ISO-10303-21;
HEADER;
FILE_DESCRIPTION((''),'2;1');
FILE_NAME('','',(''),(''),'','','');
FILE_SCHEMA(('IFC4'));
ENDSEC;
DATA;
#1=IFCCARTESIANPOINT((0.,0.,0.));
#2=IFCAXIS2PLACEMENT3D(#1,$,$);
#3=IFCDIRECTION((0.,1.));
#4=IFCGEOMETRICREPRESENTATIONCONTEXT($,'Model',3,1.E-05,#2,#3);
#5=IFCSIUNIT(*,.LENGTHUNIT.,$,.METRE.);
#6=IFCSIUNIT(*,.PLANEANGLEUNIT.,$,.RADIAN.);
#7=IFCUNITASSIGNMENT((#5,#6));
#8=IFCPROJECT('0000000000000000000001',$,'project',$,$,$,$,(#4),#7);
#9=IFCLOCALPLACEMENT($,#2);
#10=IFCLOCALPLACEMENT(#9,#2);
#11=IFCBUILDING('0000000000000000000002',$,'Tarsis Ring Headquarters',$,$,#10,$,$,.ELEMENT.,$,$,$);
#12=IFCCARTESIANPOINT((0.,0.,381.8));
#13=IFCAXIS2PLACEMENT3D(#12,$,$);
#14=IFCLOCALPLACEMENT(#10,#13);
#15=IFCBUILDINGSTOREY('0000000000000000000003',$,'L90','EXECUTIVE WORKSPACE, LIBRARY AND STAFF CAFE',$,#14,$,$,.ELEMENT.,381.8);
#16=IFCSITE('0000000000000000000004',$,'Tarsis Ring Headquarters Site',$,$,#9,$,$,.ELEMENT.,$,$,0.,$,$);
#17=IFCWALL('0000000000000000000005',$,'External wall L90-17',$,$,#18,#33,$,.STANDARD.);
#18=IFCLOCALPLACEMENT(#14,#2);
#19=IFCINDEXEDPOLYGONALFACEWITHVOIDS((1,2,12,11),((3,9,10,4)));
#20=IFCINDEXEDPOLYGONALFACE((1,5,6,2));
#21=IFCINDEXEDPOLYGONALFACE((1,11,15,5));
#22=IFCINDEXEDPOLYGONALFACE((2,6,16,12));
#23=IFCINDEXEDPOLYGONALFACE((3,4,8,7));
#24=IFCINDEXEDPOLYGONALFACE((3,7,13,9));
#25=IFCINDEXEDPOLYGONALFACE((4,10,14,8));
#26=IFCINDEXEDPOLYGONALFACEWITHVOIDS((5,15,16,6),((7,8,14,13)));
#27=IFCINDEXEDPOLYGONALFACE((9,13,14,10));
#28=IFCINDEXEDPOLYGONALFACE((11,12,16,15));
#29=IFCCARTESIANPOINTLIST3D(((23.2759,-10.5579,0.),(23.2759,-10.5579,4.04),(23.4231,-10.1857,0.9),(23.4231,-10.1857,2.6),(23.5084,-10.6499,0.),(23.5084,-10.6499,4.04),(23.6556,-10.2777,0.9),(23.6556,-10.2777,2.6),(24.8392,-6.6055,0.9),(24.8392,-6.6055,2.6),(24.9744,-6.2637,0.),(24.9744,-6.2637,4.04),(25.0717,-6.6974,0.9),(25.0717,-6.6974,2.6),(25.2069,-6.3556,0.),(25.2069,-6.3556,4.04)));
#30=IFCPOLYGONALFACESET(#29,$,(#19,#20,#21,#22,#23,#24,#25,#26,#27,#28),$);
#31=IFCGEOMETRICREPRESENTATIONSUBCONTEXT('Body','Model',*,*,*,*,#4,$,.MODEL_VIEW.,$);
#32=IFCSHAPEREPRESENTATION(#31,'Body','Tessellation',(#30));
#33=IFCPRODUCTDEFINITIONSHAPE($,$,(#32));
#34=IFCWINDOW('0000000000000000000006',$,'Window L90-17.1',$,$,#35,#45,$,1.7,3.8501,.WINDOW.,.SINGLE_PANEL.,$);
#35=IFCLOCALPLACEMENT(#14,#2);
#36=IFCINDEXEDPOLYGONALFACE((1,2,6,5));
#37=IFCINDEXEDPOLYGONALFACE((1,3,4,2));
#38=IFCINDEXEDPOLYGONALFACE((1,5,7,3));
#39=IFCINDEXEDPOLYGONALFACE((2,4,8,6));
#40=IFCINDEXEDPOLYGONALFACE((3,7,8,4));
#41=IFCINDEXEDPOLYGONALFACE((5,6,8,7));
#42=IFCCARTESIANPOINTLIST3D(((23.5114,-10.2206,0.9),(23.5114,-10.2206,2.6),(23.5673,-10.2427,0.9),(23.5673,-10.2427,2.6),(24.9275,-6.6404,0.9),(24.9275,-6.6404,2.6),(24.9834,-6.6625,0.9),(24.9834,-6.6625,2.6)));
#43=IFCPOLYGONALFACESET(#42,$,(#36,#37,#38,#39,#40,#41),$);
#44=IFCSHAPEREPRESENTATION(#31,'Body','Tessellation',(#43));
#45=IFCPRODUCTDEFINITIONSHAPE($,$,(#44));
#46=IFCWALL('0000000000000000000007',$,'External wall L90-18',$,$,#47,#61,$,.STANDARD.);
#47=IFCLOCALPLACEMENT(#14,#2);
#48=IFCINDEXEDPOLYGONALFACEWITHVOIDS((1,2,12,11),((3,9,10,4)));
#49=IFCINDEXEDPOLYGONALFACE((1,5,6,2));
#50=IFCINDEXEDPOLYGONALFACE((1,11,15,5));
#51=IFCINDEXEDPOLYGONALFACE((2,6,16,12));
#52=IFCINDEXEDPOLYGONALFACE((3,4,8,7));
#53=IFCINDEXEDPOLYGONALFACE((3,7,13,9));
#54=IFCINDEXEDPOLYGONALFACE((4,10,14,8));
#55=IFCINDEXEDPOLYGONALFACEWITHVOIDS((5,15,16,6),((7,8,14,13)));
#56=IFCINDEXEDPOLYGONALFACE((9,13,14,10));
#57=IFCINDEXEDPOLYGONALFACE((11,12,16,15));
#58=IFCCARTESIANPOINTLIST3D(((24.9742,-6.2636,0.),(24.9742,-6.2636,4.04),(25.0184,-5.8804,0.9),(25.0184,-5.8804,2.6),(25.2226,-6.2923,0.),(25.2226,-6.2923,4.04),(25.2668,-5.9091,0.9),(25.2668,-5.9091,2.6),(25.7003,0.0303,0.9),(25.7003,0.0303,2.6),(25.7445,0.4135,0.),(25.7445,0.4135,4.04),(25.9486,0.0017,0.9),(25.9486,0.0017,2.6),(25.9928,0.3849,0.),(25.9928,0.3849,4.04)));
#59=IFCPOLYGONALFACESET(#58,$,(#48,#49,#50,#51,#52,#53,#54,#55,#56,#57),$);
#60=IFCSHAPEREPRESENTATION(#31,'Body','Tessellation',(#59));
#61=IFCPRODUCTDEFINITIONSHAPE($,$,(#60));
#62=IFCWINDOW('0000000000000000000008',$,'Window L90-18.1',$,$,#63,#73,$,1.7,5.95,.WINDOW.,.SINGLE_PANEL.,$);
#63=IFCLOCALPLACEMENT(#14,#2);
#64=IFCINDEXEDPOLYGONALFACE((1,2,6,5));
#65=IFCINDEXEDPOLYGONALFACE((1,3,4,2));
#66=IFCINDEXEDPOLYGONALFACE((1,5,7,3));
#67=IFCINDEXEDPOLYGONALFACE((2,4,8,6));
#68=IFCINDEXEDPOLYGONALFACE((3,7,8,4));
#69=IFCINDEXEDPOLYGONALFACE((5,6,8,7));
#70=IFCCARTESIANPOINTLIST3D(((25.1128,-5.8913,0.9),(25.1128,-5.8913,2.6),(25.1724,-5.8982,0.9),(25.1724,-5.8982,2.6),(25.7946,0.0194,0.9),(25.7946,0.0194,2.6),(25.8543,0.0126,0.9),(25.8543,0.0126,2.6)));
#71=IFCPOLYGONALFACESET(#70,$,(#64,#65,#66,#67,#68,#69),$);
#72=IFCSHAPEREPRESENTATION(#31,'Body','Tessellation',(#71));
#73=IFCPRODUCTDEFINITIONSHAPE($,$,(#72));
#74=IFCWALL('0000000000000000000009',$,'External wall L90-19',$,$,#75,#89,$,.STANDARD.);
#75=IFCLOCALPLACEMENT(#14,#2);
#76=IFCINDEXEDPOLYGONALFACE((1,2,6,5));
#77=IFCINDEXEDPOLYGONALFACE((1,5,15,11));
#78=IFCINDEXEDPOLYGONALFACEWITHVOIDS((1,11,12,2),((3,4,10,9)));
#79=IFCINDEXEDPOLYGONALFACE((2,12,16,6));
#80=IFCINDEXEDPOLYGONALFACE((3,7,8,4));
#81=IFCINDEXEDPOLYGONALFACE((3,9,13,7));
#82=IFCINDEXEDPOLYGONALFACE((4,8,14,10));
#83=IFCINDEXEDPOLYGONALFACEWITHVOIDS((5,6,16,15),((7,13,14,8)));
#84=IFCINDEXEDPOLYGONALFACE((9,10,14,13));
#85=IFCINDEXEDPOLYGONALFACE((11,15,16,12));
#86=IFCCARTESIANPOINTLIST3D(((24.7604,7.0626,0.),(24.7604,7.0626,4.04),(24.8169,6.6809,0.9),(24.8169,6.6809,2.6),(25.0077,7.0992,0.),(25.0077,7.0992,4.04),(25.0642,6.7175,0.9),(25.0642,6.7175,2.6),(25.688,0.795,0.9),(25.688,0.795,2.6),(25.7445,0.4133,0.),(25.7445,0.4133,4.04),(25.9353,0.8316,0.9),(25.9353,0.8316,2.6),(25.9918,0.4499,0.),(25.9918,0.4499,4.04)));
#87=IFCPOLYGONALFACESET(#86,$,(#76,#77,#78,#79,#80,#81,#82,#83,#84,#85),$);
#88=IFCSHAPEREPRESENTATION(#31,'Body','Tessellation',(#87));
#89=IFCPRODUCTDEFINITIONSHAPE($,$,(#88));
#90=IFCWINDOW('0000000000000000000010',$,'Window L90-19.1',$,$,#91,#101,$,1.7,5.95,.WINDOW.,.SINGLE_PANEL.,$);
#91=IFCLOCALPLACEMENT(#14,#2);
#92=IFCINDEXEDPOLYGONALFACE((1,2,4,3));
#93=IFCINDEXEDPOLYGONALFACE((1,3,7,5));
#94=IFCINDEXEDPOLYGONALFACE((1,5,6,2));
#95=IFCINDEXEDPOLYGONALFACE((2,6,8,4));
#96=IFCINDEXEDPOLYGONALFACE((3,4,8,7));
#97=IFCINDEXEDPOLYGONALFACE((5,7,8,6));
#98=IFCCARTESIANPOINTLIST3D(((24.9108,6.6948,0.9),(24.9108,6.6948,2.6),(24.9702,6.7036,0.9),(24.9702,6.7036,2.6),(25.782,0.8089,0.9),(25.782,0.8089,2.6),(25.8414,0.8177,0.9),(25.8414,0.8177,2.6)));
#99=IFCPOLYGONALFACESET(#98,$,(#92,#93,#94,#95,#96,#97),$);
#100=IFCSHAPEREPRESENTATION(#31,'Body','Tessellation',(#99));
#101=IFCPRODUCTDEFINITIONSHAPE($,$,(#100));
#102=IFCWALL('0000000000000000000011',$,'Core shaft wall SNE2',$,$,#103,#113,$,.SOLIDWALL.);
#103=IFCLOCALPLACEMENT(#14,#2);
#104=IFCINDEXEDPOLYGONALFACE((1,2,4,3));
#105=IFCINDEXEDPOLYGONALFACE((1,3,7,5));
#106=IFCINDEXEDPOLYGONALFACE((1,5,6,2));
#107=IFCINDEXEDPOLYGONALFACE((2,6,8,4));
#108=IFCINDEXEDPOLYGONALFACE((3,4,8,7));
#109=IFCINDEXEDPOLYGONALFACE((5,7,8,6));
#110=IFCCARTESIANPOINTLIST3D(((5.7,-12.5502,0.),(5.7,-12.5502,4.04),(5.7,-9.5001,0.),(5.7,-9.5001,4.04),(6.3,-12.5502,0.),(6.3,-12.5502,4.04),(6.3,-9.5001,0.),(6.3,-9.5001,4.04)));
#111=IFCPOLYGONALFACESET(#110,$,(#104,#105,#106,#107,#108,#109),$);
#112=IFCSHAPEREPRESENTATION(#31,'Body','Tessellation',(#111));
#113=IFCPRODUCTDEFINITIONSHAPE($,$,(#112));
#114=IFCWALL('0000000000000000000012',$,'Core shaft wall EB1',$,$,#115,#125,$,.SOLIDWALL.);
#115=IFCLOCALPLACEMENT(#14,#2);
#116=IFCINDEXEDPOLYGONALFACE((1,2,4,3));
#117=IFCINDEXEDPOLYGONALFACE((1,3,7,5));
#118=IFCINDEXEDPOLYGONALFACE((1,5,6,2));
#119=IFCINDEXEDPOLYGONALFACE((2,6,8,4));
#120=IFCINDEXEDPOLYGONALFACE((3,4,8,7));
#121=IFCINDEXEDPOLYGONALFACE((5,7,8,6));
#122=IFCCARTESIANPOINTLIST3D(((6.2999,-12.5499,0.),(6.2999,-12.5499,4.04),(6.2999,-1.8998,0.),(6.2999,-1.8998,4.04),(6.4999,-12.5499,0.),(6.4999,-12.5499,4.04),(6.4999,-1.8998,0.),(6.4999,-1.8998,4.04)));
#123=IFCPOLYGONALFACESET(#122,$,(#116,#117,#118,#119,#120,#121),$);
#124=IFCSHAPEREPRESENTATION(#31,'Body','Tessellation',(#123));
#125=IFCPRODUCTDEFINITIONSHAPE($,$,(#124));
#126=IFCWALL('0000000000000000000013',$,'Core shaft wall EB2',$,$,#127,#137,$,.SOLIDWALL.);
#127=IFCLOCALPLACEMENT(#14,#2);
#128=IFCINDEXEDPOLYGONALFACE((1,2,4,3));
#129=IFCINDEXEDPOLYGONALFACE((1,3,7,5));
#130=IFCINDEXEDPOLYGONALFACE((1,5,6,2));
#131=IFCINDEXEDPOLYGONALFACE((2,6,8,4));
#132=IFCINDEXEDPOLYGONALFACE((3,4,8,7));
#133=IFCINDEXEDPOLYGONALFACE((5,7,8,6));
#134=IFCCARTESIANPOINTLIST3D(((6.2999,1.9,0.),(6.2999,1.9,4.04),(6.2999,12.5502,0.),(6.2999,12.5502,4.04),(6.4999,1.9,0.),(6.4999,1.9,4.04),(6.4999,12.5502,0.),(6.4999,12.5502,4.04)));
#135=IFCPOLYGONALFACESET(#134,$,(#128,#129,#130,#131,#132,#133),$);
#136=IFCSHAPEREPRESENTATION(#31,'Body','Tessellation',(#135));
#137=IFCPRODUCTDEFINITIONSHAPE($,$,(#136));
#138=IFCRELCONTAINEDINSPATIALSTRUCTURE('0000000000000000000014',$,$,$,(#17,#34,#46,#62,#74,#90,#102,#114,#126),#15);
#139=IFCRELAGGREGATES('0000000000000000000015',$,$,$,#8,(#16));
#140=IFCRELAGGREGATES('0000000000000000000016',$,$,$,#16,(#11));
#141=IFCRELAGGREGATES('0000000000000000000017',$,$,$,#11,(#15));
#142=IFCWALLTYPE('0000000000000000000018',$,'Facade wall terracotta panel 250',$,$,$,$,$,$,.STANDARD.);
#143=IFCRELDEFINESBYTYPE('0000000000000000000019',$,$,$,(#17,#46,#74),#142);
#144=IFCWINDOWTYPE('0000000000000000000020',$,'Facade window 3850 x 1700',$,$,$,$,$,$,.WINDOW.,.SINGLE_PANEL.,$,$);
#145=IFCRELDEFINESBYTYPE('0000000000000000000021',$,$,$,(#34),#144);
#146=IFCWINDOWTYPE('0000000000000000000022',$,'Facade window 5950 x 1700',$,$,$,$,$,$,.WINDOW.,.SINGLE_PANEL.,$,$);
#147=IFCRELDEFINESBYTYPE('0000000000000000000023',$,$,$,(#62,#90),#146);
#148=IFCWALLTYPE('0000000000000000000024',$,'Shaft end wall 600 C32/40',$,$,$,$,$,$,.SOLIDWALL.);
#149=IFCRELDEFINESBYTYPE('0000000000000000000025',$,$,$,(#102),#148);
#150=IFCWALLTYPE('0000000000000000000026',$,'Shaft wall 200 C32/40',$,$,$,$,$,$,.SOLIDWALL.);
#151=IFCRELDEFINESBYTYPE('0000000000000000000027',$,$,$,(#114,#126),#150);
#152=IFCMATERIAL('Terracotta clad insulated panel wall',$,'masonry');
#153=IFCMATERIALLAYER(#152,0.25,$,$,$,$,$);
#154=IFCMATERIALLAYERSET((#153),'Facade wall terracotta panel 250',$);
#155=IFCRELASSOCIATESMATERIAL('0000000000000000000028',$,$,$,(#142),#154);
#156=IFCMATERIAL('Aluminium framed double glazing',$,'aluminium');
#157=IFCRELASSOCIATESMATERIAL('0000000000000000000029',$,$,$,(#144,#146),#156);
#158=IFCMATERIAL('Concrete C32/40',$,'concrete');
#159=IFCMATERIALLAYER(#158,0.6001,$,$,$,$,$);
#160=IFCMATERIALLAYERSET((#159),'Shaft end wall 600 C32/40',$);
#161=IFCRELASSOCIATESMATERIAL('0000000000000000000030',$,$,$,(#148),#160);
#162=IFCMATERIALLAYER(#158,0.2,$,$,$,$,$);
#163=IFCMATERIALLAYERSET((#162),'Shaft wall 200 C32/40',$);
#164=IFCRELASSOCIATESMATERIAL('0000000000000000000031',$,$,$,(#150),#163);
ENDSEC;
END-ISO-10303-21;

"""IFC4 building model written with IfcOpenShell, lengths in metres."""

from ifc_helpers import new_model, si_unit, direction, frame, frame_2d, origin, place, context, subcontext, project, spatial, rectangle, extrude, material, layer, layer_set, type_object, element, fill, save


model = new_model("IFC4")

# Units and contexts
model_context = context("Model", 3, precision=1e-05, world=origin(), true_north=direction((0.0, 1.0)))
body_context = subcontext(model_context, "Body", "Model", "MODEL_VIEW")
ifc_project = project(units=[si_unit("LENGTHUNIT", "METRE"), si_unit("PLANEANGLEUNIT", "RADIAN")], contexts=[model_context])

# Site, building, storey
site_placement = place(None, origin())
site = spatial("IfcSite", under=ifc_project, at=site_placement, Name="Tarsis Ring Headquarters Site", CompositionType="ELEMENT", RefElevation=0.0)
building_placement = place(site_placement, origin())
building = spatial("IfcBuilding", under=site, at=building_placement, Name="Tarsis Ring Headquarters", CompositionType="ELEMENT")
storey_placement = place(building_placement, frame((0.0, 0.0, 381.8)))
storey = spatial("IfcBuildingStorey", under=building, at=storey_placement, Name="L90", Description="EXECUTIVE WORKSPACE, LIBRARY AND STAFF CAFE", CompositionType="ELEMENT", Elevation=381.8)

# Walls, openings, windows
ifc_material_1 = material(Name="Terracotta clad insulated panel wall", Category="masonry")
ifc_layer_1 = layer(ifc_material_1, 0.25)
ifc_layer_set_1 = layer_set([ifc_layer_1], Name="Facade wall terracotta panel 250")
wall_type_1 = type_object("IfcWallType", Name="Facade wall terracotta panel 250", PredefinedType="STANDARD", material=ifc_layer_set_1)
wall_1_placement = place(storey_placement, frame((23.3921, -10.604, 0.0), z_axis=(0.0, 0.0, 1.0), x_axis=(0.367806, 0.929903, 0.0)))
wall_1 = element("IfcWall", 1, at=wall_1_placement, inside=storey, type_object=wall_type_1, Name="External wall L90-17", PredefinedType="STANDARD", context=body_context, shape_type="SweptSolid", body=[
    extrude(rectangle(XDim=4.6179, YDim=0.25, at=frame_2d((2.3091, 0.0))), origin(), (0.0, 0.0, 1.0), 4.04),
])
opening_1_placement = place(wall_1_placement, frame((0.4004, 0.0, 0.8999)))
opening_1 = element("IfcOpeningElement", 2, at=opening_1_placement, cuts=wall_1, PredefinedType="OPENING", context=body_context, shape_type="SweptSolid", body=[
    extrude(rectangle(XDim=3.8501, YDim=1.7, at=frame_2d((1.925, 0.8501))), frame((0.0, 0.135, 0.0), z_axis=(0.0, -1.0, 0.0), x_axis=(1.0, 0.0, 0.0)), (0.0, 0.0, 1.0), 0.27),
])
ifc_material_2 = material(Name="Aluminium framed double glazing", Category="aluminium")
window_type_1 = type_object("IfcWindowType", Name="Facade window 3850 x 1700", PartitioningType="SINGLE_PANEL", PredefinedType="WINDOW", material=ifc_material_2)
window_1_placement = place(opening_1_placement, origin())
window_1 = element("IfcWindow", 3, at=window_1_placement, inside=storey, type_object=window_type_1, Name="Window L90-17.1", OverallHeight=1.7, OverallWidth=3.8501, PartitioningType="SINGLE_PANEL", PredefinedType="WINDOW", context=body_context, shape_type="SweptSolid", body=[
    extrude(rectangle(XDim=3.8501, YDim=1.7, at=frame_2d((1.925, 0.8501))), frame((0.0, 0.03, 0.0), z_axis=(0.0, -1.0, 0.0), x_axis=(1.0, 0.0, 0.0)), (0.0, 0.0, 1.0), 0.0601),
])
fill(opening_1, window_1)
wall_2_placement = place(storey_placement, frame((25.0984, -6.2781, 0.0), z_axis=(0.0, 0.0, 1.0), x_axis=(0.114597, 0.993412, 0.0)))
wall_2 = element("IfcWall", 4, at=wall_2_placement, inside=storey, type_object=wall_type_1, Name="External wall L90-18", PredefinedType="STANDARD", context=body_context, shape_type="SweptSolid", body=[
    extrude(rectangle(XDim=6.7214, YDim=0.25, at=frame_2d((3.3608, 0.0))), origin(), (0.0, 0.0, 1.0), 4.04),
])
opening_2_placement = place(wall_2_placement, frame((0.3857, 0.0, 0.8999)))
opening_2 = element("IfcOpeningElement", 5, at=opening_2_placement, cuts=wall_2, PredefinedType="OPENING", context=body_context, shape_type="SweptSolid", body=[
    extrude(rectangle(XDim=5.95, YDim=1.7, at=frame_2d((2.9751, 0.8501))), frame((0.0, 0.135, 0.0), z_axis=(0.0, -1.0, 0.0), x_axis=(1.0, 0.0, 0.0)), (0.0, 0.0, 1.0), 0.27),
])
window_type_2 = type_object("IfcWindowType", Name="Facade window 5950 x 1700", PartitioningType="SINGLE_PANEL", PredefinedType="WINDOW", material=ifc_material_2)
window_2_placement = place(opening_2_placement, origin())
window_2 = element("IfcWindow", 6, at=window_2_placement, inside=storey, type_object=window_type_2, Name="Window L90-18.1", OverallHeight=1.7, OverallWidth=5.95, PartitioningType="SINGLE_PANEL", PredefinedType="WINDOW", context=body_context, shape_type="SweptSolid", body=[
    extrude(rectangle(XDim=5.95, YDim=1.7, at=frame_2d((2.9751, 0.8501))), frame((0.0, 0.03, 0.0), z_axis=(0.0, -1.0, 0.0), x_axis=(1.0, 0.0, 0.0)), (0.0, 0.0, 1.0), 0.0601),
])
fill(opening_2, window_2)
wall_3_placement = place(storey_placement, frame((25.8682, 0.4316, 0.0), z_axis=(0.0, 0.0, 1.0), x_axis=(-0.146413, 0.989224, 0.0)))
wall_3 = element("IfcWall", 7, at=wall_3_placement, inside=storey, type_object=wall_type_1, Name="External wall L90-19", PredefinedType="STANDARD", context=body_context, shape_type="SweptSolid", body=[
    extrude(rectangle(XDim=6.7217, YDim=0.25, at=frame_2d((3.3608, 0.0))), origin(), (0.0, 0.0, 1.0), 4.04),
])
opening_3_placement = place(wall_3_placement, frame((0.3857, 0.0, 0.8999)))
opening_3 = element("IfcOpeningElement", 8, at=opening_3_placement, cuts=wall_3, PredefinedType="OPENING", context=body_context, shape_type="SweptSolid", body=[
    extrude(rectangle(XDim=5.95, YDim=1.7, at=frame_2d((2.9751, 0.8501))), frame((0.0, 0.135, 0.0), z_axis=(0.0, -1.0, 0.0), x_axis=(1.0, 0.0, 0.0)), (0.0, 0.0, 1.0), 0.27),
])
window_3_placement = place(opening_3_placement, origin())
window_3 = element("IfcWindow", 9, at=window_3_placement, inside=storey, type_object=window_type_2, Name="Window L90-19.1", OverallHeight=1.7, OverallWidth=5.95, PartitioningType="SINGLE_PANEL", PredefinedType="WINDOW", context=body_context, shape_type="SweptSolid", body=[
    extrude(rectangle(XDim=5.95, YDim=1.7, at=frame_2d((2.9751, 0.8501))), frame((0.0, 0.03, 0.0), z_axis=(0.0, -1.0, 0.0), x_axis=(1.0, 0.0, 0.0)), (0.0, 0.0, 1.0), 0.0601),
])
fill(opening_3, window_3)

# Walls
ifc_material_3 = material(Name="Concrete C32/40", Category="concrete")
ifc_layer_2 = layer(ifc_material_3, 0.6001)
ifc_layer_set_2 = layer_set([ifc_layer_2], Name="Shaft end wall 600 C32/40")
wall_type_2 = type_object("IfcWallType", Name="Shaft end wall 600 C32/40", PredefinedType="SOLIDWALL", material=ifc_layer_set_2)
wall_4_placement = place(storey_placement, frame((6.0, -12.55, 0.0), z_axis=(0.0, 0.0, 1.0), x_axis=(0.0, 1.0, 0.0)))
element("IfcWall", 10, at=wall_4_placement, inside=storey, type_object=wall_type_2, Name="Core shaft wall SNE2", PredefinedType="SOLIDWALL", context=body_context, shape_type="SweptSolid", body=[
    extrude(rectangle(XDim=3.05, YDim=0.6001, at=frame_2d((1.5249, 0.0))), origin(), (0.0, 0.0, 1.0), 4.04),
])
ifc_layer_3 = layer(ifc_material_3, 0.2)
ifc_layer_set_3 = layer_set([ifc_layer_3], Name="Shaft wall 200 C32/40")
wall_type_3 = type_object("IfcWallType", Name="Shaft wall 200 C32/40", PredefinedType="SOLIDWALL", material=ifc_layer_set_3)
for number, where, z_axis, x_axis, name in (
    (11, (6.3999, -12.55, 0.0), (0.0, 0.0, 1.0), (0.0, 1.0, 0.0), "Core shaft wall EB1"),
    (12, (6.3999, 1.8999, 0.0), (0.0, 0.0, 1.0), (0.0, 1.0, 0.0), "Core shaft wall EB2"),
):
    element("IfcWall", number, at=place(storey_placement, frame(where, z_axis=z_axis, x_axis=x_axis)), inside=storey, type_object=wall_type_3, Name=name, PredefinedType="SOLIDWALL", context=body_context, shape_type="SweptSolid", body=[
        extrude(rectangle(XDim=10.6501, YDim=0.2, at=frame_2d((5.3252, 0.0))), origin(), (0.0, 0.0, 1.0), 4.04),
    ])

save(model, "model.ifc")
